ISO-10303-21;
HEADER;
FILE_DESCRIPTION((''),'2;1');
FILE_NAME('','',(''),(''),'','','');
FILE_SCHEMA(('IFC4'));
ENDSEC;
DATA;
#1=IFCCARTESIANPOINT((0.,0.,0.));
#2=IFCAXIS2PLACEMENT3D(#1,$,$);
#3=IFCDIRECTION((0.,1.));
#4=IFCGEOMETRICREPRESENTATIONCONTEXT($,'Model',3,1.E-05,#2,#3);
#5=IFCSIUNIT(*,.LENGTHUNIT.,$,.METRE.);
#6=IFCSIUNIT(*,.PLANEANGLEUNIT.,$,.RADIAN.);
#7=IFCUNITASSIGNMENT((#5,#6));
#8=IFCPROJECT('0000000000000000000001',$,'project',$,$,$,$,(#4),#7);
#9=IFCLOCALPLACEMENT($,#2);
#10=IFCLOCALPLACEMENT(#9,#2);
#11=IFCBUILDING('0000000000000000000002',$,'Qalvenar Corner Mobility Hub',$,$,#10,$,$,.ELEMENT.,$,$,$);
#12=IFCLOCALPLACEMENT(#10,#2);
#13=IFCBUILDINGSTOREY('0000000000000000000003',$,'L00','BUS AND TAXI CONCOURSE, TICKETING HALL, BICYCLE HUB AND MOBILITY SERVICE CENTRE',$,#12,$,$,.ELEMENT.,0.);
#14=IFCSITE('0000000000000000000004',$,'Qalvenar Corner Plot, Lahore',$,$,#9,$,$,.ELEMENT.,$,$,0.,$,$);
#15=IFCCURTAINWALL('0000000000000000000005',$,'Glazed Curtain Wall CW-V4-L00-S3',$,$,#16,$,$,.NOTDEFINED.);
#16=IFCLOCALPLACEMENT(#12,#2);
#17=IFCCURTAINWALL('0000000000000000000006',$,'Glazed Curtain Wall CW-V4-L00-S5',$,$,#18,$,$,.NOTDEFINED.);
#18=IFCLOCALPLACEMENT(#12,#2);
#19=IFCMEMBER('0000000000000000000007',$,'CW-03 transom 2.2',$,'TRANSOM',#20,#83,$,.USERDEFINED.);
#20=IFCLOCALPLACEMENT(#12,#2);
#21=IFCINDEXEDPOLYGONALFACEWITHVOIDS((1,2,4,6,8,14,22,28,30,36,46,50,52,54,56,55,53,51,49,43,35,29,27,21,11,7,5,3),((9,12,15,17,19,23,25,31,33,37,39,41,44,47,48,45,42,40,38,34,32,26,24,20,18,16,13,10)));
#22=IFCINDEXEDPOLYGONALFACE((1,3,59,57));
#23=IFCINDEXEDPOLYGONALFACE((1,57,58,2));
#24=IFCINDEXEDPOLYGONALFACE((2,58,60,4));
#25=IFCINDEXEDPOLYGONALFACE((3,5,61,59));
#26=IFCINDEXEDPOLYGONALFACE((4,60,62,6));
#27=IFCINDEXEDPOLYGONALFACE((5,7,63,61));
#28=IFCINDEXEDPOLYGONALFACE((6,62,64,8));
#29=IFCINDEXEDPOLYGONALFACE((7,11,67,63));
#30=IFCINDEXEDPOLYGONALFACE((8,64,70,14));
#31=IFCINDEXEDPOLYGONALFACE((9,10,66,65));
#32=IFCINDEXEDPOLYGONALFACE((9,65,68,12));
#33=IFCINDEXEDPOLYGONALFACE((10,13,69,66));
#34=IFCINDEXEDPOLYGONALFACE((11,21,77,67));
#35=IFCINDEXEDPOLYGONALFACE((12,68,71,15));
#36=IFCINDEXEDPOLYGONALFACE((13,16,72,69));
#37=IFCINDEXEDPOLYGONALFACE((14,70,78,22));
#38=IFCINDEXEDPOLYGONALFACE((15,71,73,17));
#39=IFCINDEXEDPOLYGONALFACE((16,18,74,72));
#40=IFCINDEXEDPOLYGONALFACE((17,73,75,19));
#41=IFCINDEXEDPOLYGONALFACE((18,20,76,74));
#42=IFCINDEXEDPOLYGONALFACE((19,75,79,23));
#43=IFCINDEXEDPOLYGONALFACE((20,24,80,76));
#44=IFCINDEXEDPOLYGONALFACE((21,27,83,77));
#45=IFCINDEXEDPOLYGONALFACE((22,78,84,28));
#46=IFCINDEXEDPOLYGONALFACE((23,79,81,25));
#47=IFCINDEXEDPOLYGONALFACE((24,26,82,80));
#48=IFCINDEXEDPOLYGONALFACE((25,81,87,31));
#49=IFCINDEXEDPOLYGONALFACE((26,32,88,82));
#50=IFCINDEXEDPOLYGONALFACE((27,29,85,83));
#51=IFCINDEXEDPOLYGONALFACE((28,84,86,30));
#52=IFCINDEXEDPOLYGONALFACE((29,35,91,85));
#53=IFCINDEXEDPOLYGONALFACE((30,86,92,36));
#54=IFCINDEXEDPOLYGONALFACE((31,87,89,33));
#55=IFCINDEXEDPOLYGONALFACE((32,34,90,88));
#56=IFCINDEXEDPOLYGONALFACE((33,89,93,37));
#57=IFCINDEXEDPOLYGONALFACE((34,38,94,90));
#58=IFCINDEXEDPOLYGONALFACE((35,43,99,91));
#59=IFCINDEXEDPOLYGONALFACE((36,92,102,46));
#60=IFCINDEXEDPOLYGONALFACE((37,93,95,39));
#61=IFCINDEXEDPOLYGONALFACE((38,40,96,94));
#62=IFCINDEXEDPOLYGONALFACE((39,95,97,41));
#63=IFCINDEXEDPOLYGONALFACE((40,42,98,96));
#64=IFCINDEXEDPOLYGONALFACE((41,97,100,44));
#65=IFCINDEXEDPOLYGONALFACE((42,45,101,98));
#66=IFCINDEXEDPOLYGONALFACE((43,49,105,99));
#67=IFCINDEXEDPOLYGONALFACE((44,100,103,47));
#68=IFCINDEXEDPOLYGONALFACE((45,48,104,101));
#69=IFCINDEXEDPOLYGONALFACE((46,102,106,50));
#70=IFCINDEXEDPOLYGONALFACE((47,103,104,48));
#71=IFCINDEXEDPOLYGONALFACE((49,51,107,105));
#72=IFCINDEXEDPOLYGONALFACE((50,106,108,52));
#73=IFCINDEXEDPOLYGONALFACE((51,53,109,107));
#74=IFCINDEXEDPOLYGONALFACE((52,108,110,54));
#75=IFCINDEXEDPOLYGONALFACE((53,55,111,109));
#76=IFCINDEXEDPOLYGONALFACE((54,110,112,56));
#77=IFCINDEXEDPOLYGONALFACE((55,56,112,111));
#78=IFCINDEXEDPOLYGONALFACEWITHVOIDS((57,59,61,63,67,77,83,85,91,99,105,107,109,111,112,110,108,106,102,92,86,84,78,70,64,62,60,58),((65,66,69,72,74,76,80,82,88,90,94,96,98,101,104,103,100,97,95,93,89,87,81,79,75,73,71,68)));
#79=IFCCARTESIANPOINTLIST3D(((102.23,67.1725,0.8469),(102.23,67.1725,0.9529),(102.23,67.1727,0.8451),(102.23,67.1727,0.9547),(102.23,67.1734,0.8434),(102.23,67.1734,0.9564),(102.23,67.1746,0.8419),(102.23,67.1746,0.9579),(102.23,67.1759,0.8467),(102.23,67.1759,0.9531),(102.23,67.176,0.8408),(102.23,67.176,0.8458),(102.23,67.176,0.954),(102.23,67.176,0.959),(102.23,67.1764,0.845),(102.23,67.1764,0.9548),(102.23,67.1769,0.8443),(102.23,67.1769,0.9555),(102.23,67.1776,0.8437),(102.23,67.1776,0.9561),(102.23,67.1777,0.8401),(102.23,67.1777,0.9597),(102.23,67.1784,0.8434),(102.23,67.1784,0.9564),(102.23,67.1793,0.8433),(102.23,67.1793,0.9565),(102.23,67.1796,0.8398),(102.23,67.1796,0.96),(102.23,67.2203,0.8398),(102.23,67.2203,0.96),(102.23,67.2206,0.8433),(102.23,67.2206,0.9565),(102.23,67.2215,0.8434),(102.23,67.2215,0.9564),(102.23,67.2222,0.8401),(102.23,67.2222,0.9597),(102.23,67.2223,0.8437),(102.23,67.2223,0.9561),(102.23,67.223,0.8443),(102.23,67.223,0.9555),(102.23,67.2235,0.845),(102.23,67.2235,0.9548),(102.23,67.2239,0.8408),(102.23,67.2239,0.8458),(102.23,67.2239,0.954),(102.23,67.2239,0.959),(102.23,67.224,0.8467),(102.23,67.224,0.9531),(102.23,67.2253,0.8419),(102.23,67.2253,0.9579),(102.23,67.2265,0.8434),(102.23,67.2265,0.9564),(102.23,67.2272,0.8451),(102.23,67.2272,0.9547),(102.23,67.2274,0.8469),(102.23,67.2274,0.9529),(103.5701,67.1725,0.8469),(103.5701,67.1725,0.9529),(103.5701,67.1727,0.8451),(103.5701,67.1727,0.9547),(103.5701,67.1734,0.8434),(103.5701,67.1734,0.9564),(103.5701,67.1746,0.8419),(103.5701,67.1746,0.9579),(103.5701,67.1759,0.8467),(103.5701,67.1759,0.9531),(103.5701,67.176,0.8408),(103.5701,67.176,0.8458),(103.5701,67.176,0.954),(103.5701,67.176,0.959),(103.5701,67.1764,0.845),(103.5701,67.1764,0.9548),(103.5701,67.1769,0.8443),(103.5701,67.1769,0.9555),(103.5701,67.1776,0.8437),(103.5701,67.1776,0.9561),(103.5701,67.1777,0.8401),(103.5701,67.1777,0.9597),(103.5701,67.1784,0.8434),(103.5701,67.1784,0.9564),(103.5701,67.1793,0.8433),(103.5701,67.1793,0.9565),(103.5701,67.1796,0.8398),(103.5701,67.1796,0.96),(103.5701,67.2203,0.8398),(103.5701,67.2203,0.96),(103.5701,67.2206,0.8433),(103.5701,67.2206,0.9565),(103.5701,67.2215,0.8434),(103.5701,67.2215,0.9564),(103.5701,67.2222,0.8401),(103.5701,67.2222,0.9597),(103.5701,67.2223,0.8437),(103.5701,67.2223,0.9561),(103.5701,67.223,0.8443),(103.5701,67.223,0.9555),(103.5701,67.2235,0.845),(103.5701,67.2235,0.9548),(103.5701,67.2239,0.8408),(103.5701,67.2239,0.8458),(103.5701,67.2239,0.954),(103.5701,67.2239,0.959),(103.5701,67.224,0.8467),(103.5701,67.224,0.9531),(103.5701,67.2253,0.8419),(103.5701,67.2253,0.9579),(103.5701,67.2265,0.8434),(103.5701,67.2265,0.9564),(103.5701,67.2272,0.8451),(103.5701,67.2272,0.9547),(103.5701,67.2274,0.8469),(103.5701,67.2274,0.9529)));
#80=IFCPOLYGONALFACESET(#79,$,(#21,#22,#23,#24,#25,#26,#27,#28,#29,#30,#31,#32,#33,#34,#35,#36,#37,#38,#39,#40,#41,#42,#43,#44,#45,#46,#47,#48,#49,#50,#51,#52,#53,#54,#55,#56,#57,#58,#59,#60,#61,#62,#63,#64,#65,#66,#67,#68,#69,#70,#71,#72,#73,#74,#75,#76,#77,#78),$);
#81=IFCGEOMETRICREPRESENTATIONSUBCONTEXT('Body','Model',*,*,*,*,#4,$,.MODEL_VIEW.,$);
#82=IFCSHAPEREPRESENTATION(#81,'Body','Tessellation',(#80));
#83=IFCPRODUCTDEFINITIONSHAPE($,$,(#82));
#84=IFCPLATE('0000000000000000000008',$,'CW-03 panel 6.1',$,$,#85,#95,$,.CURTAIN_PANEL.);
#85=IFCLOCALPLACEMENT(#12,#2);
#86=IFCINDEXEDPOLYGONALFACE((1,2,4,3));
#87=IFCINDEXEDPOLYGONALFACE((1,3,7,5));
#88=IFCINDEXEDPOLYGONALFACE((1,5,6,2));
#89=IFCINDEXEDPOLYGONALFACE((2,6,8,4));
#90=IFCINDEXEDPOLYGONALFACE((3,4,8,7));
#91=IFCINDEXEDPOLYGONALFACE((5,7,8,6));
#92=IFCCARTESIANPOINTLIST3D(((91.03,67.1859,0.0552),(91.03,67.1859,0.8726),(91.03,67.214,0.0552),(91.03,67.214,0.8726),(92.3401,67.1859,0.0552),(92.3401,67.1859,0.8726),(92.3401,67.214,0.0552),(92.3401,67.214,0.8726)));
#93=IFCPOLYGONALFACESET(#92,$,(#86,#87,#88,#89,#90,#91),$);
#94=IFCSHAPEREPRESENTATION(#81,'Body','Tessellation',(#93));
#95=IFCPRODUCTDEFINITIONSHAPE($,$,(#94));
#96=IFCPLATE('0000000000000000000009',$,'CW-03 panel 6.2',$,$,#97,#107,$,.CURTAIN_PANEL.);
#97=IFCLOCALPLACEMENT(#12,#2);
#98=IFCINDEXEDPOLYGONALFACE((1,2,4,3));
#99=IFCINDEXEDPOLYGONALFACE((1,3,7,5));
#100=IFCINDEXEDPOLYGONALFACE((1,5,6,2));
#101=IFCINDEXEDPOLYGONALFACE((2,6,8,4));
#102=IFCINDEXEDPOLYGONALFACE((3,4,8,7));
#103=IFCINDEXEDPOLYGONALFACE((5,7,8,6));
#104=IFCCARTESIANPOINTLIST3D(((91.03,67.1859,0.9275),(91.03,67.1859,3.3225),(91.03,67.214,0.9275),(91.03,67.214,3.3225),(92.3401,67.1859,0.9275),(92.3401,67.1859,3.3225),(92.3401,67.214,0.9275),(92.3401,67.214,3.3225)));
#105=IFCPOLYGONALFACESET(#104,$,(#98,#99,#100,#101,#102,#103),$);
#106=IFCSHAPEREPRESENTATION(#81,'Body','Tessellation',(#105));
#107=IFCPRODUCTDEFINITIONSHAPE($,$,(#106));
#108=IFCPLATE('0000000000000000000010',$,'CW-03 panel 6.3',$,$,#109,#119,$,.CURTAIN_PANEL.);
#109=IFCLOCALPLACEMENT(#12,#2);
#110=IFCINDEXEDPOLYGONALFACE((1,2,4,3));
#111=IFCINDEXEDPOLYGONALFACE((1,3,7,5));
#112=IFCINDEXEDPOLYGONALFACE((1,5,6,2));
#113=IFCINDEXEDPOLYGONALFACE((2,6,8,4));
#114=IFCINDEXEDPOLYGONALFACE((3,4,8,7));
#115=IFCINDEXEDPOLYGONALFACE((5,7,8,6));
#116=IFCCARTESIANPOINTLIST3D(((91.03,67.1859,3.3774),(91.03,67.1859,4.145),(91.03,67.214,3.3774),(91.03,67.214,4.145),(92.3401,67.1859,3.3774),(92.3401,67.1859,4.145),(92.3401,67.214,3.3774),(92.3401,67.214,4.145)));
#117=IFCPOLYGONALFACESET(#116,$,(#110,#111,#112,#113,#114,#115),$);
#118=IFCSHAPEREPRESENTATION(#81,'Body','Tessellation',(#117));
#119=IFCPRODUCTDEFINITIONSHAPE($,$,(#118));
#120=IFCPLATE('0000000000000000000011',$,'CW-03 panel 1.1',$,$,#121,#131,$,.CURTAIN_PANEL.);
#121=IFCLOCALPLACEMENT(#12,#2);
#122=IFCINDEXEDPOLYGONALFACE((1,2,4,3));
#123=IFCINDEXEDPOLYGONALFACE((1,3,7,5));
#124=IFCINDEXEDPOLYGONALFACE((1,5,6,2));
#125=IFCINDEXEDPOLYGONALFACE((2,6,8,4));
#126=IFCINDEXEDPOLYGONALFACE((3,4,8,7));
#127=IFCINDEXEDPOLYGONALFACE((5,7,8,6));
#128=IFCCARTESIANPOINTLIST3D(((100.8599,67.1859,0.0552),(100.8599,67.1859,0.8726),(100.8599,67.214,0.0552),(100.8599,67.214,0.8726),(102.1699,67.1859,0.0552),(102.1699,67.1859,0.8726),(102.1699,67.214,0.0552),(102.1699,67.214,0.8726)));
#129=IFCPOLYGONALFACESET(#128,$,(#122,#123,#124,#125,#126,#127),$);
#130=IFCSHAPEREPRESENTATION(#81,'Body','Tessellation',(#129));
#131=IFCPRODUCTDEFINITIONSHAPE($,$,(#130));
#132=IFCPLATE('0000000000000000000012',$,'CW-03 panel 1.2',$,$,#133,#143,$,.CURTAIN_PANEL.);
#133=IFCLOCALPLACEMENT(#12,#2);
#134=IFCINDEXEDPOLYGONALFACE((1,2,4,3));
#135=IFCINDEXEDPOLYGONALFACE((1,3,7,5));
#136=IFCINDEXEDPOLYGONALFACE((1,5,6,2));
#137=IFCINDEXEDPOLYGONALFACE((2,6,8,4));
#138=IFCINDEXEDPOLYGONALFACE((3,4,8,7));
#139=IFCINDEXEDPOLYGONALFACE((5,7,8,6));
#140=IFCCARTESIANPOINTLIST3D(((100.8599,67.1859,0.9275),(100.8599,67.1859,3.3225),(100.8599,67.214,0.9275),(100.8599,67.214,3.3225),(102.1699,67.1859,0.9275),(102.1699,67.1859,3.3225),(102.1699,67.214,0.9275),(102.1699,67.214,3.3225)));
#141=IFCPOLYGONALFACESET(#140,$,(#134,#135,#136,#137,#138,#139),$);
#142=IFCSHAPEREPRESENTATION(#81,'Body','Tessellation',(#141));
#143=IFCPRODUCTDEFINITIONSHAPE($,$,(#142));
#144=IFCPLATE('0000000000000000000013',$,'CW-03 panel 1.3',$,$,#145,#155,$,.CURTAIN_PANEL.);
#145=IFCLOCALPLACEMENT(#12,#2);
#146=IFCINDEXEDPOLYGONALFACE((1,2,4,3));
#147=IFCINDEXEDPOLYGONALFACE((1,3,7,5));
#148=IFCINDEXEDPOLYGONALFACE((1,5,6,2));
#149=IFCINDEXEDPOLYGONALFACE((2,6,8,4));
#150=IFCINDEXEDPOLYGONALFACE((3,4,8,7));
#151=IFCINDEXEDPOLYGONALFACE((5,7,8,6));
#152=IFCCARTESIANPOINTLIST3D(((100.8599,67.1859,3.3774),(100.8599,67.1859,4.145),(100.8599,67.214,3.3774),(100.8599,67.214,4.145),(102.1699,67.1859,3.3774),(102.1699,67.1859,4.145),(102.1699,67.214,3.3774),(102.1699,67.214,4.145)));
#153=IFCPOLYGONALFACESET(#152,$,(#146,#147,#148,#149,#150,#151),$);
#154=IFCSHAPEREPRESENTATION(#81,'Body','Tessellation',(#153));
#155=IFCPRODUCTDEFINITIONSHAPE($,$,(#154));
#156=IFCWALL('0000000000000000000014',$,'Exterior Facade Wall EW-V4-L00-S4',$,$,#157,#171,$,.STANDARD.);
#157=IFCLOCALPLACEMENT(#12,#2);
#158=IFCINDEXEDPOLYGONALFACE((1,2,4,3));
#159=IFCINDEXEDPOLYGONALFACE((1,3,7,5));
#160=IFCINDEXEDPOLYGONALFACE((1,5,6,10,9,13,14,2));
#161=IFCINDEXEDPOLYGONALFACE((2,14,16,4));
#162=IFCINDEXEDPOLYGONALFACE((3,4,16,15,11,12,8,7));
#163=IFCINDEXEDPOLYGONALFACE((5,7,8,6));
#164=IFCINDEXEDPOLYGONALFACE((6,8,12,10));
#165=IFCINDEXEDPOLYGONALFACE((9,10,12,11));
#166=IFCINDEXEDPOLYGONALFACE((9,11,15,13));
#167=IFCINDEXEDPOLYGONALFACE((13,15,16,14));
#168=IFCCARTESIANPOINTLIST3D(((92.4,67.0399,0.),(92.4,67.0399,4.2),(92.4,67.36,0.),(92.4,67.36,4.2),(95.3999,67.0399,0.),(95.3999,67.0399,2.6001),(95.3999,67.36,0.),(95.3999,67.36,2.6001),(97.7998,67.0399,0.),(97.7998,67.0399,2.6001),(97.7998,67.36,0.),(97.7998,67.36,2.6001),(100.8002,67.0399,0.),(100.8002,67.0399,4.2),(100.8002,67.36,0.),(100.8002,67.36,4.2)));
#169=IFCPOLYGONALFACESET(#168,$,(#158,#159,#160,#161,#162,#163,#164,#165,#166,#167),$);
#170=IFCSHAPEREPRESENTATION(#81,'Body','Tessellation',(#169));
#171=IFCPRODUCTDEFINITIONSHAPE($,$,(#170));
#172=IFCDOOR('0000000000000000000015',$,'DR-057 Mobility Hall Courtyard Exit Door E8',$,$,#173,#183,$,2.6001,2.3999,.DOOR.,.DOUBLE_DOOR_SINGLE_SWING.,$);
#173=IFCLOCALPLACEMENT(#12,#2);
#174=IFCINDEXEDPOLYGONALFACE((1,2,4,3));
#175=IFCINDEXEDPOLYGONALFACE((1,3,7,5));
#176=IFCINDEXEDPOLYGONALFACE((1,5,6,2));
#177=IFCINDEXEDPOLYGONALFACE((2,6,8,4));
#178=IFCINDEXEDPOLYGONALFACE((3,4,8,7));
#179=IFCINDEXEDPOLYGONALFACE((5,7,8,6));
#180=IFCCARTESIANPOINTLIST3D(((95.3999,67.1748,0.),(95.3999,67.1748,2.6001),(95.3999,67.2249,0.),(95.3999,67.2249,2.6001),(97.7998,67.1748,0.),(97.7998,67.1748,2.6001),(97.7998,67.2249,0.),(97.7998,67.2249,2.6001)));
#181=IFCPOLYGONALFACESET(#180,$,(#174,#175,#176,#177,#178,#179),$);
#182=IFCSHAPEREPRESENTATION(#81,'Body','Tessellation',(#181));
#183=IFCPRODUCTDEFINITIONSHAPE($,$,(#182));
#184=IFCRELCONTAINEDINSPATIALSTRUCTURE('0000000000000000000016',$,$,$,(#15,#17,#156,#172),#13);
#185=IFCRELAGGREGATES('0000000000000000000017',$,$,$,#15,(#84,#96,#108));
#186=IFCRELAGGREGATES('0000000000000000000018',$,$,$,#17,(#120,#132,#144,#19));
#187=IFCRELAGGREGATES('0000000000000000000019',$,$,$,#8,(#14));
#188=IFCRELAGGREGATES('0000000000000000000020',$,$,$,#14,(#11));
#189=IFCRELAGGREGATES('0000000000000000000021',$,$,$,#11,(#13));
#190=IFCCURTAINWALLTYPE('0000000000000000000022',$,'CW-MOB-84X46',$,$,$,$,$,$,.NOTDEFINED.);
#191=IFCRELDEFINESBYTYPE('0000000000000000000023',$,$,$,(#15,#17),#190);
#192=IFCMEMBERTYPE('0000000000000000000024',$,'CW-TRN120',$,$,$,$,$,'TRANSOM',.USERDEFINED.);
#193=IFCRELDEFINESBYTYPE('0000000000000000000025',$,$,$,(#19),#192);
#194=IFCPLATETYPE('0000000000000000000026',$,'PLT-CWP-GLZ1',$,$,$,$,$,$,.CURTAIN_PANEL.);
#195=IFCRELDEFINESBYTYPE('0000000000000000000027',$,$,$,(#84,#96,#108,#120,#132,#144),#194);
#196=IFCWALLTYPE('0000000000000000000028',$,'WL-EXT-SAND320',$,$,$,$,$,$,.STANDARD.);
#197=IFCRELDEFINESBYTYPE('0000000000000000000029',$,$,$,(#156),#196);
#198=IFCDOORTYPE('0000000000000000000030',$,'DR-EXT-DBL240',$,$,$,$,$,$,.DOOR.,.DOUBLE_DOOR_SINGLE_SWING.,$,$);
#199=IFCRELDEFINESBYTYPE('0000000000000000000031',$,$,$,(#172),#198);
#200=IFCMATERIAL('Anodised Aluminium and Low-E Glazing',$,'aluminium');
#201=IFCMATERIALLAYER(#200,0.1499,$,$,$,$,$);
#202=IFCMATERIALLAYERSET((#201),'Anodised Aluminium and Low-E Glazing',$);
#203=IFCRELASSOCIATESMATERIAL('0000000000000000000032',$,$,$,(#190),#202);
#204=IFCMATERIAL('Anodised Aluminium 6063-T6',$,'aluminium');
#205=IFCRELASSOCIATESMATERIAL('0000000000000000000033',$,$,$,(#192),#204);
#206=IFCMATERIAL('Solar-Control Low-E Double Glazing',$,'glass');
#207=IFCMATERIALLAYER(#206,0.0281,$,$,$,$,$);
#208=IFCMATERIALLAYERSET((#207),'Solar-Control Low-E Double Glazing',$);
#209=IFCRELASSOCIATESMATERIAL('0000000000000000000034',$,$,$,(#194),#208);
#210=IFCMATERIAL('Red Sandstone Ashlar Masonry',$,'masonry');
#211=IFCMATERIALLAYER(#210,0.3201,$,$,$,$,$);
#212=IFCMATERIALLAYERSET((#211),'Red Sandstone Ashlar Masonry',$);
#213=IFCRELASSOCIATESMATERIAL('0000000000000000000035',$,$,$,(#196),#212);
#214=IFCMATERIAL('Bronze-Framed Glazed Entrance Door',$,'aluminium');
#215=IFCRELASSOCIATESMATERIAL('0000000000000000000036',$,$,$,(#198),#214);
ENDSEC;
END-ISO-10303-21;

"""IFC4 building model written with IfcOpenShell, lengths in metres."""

from ifc_helpers import new_model, si_unit, direction, frame, frame_2d, origin, origin_2d, place, context, subcontext, project, spatial, rectangle, hollow_rectangle, extrude, material, layer, layer_set, material_profile, profile_set, type_object, element, fill, aggregate, save


model = new_model("IFC4")

# Units and contexts
model_context = context("Model", 3, precision=1e-05, world=origin(), true_north=direction((0.0, 1.0)))
body_context = subcontext(model_context, "Body", "Model", "MODEL_VIEW")
ifc_project = project(units=[si_unit("LENGTHUNIT", "METRE"), si_unit("PLANEANGLEUNIT", "RADIAN")], contexts=[model_context])

# Site, building, storey
site_placement = place(None, origin())
site = spatial("IfcSite", under=ifc_project, at=site_placement, Name="Qalvenar Corner Plot, Lahore", CompositionType="ELEMENT", RefElevation=0.0)
building_placement = place(site_placement, origin())
building = spatial("IfcBuilding", under=site, at=building_placement, Name="Qalvenar Corner Mobility Hub", CompositionType="ELEMENT")
storey_placement = place(building_placement, origin())
storey = spatial("IfcBuildingStorey", under=building, at=storey_placement, Name="L00", Description="BUS AND TAXI CONCOURSE, TICKETING HALL, BICYCLE HUB AND MOBILITY SERVICE CENTRE", CompositionType="ELEMENT", Elevation=0.0)

# Curtain walls
ifc_material_1 = material(Name="Anodised Aluminium and Low-E Glazing", Category="aluminium")
ifc_layer_1 = layer(ifc_material_1, 0.1499)
ifc_layer_set_1 = layer_set([ifc_layer_1], Name="Anodised Aluminium and Low-E Glazing")
curtain_wall_type = type_object("IfcCurtainWallType", Name="CW-MOB-84X46", PredefinedType="NOTDEFINED", material=ifc_layer_set_1)
curtain_wall_1_placement = place(storey_placement, origin())
curtain_wall_1 = element("IfcCurtainWall", 1, at=curtain_wall_1_placement, inside=storey, type_object=curtain_wall_type, Name="Glazed Curtain Wall CW-V4-L00-S3", PredefinedType="NOTDEFINED")
ifc_material_2 = material(Name="Anodised Aluminium 6063-T6", Category="aluminium")
curtain_wall_2_placement = place(storey_placement, origin())
curtain_wall_2 = element("IfcCurtainWall", 2, at=curtain_wall_2_placement, inside=storey, type_object=curtain_wall_type, Name="Glazed Curtain Wall CW-V4-L00-S5", PredefinedType="NOTDEFINED")

# Member
ifc_material_profile_1 = material_profile(ifc_material_2, hollow_rectangle(XDim=0.0549, YDim=0.1201, WallThickness=0.0034, InnerFilletRadius=0.0034, OuterFilletRadius=0.0071, at=origin_2d()), Name="RHS120x55x3.5")
ifc_profile_set_1 = profile_set([ifc_material_profile_1], Name="Anodised Aluminium 6063-T6")
member_type_1 = type_object("IfcMemberType", Name="CW-TRN120", ElementType="TRANSOM", PredefinedType="USERDEFINED", material=ifc_profile_set_1)
member_1_placement = place(storey_placement, frame((102.23, 67.2, 0.8999), z_axis=(1.0, 0.0, 0.0), x_axis=(0.0, 1.0, 0.0)))
member_1 = element("IfcMember", 3, at=member_1_placement, type_object=member_type_1, Name="CW-03 transom 2.2", ObjectType="TRANSOM", PredefinedType="USERDEFINED", context=body_context, shape_type="SweptSolid", body=[
    extrude(hollow_rectangle(XDim=0.0549, YDim=0.1201, WallThickness=0.0034, InnerFilletRadius=0.0034, OuterFilletRadius=0.0071, at=origin_2d()), origin(), (0.0, 0.0, 1.0), 1.3401),
])

# Plates
ifc_material_3 = material(Name="Solar-Control Low-E Double Glazing", Category="glass")
ifc_layer_2 = layer(ifc_material_3, 0.0281)
ifc_layer_set_2 = layer_set([ifc_layer_2], Name="Solar-Control Low-E Double Glazing")
plate_type = type_object("IfcPlateType", Name="PLT-CWP-GLZ1", PredefinedType="CURTAIN_PANEL", material=ifc_layer_set_2)
plate_1_placement = place(storey_placement, frame((91.6851, 67.2, 0.0552), z_axis=(0.0, 0.0, 1.0), x_axis=(1.0, 0.0, 0.0)))
plate_1 = element("IfcPlate", 4, at=plate_1_placement, type_object=plate_type, Name="CW-03 panel 6.1", PredefinedType="CURTAIN_PANEL", context=body_context, shape_type="SweptSolid", body=[
    extrude(rectangle(XDim=1.3101, YDim=0.0281, at=origin_2d()), origin(), (0.0, 0.0, 1.0), 0.8174),
])
plate_2_placement = place(storey_placement, frame((91.6851, 67.2, 0.9275), z_axis=(0.0, 0.0, 1.0), x_axis=(1.0, 0.0, 0.0)))
plate_2 = element("IfcPlate", 5, at=plate_2_placement, type_object=plate_type, Name="CW-03 panel 6.2", PredefinedType="CURTAIN_PANEL", context=body_context, shape_type="SweptSolid", body=[
    extrude(rectangle(XDim=1.3101, YDim=0.0281, at=origin_2d()), origin(), (0.0, 0.0, 1.0), 2.395),
])
plate_3_placement = place(storey_placement, frame((91.6851, 67.2, 3.3774), z_axis=(0.0, 0.0, 1.0), x_axis=(1.0, 0.0, 0.0)))
plate_3 = element("IfcPlate", 6, at=plate_3_placement, type_object=plate_type, Name="CW-03 panel 6.3", PredefinedType="CURTAIN_PANEL", context=body_context, shape_type="SweptSolid", body=[
    extrude(rectangle(XDim=1.3101, YDim=0.0281, at=origin_2d()), origin(), (0.0, 0.0, 1.0), 0.7676),
])
aggregate(curtain_wall_1, [plate_1, plate_2, plate_3])
plate_4_placement = place(storey_placement, frame((101.5149, 67.2, 0.0552), z_axis=(0.0, 0.0, 1.0), x_axis=(1.0, 0.0, 0.0)))
plate_4 = element("IfcPlate", 7, at=plate_4_placement, type_object=plate_type, Name="CW-03 panel 1.1", PredefinedType="CURTAIN_PANEL", context=body_context, shape_type="SweptSolid", body=[
    extrude(rectangle(XDim=1.3101, YDim=0.0281, at=origin_2d()), origin(), (0.0, 0.0, 1.0), 0.8174),
])
plate_5_placement = place(storey_placement, frame((101.5149, 67.2, 0.9275), z_axis=(0.0, 0.0, 1.0), x_axis=(1.0, 0.0, 0.0)))
plate_5 = element("IfcPlate", 8, at=plate_5_placement, type_object=plate_type, Name="CW-03 panel 1.2", PredefinedType="CURTAIN_PANEL", context=body_context, shape_type="SweptSolid", body=[
    extrude(rectangle(XDim=1.3101, YDim=0.0281, at=origin_2d()), origin(), (0.0, 0.0, 1.0), 2.395),
])
plate_6_placement = place(storey_placement, frame((101.5149, 67.2, 3.3774), z_axis=(0.0, 0.0, 1.0), x_axis=(1.0, 0.0, 0.0)))
plate_6 = element("IfcPlate", 9, at=plate_6_placement, type_object=plate_type, Name="CW-03 panel 1.3", PredefinedType="CURTAIN_PANEL", context=body_context, shape_type="SweptSolid", body=[
    extrude(rectangle(XDim=1.3101, YDim=0.0281, at=origin_2d()), origin(), (0.0, 0.0, 1.0), 0.7676),
])
aggregate(curtain_wall_2, [plate_4, plate_5, plate_6, member_1])

# Wall, opening, door
ifc_material_4 = material(Name="Red Sandstone Ashlar Masonry", Category="masonry")
ifc_layer_3 = layer(ifc_material_4, 0.3201)
ifc_layer_set_3 = layer_set([ifc_layer_3], Name="Red Sandstone Ashlar Masonry")
wall_type = type_object("IfcWallType", Name="WL-EXT-SAND320", PredefinedType="STANDARD", material=ifc_layer_set_3)
wall_placement = place(storey_placement, frame((92.3999, 67.2, 0.0), z_axis=(0.0, 0.0, 1.0), x_axis=(1.0, 0.0, 0.0)))
wall = element("IfcWall", 10, at=wall_placement, inside=storey, type_object=wall_type, Name="Exterior Facade Wall EW-V4-L00-S4", PredefinedType="STANDARD", context=body_context, shape_type="SweptSolid", body=[
    extrude(rectangle(XDim=8.4001, YDim=0.3201, at=frame_2d((4.2002, 0.0))), origin(), (0.0, 0.0, 1.0), 4.2),
])
opening_placement = place(wall_placement, frame((3.0, 0.0, 0.0)))
opening = element("IfcOpeningElement", 11, at=opening_placement, cuts=wall, PredefinedType="OPENING", context=body_context, shape_type="SweptSolid", body=[
    extrude(rectangle(XDim=2.3999, YDim=2.6001, at=frame_2d((1.2, 1.3))), frame((0.0, 0.1699, 0.0), z_axis=(0.0, -1.0, 0.0), x_axis=(1.0, 0.0, 0.0)), (0.0, 0.0, 1.0), 0.3401),
])
ifc_material_5 = material(Name="Bronze-Framed Glazed Entrance Door", Category="aluminium")
door_type = type_object("IfcDoorType", Name="DR-EXT-DBL240", OperationType="DOUBLE_DOOR_SINGLE_SWING", PredefinedType="DOOR", material=ifc_material_5)
door_placement = place(opening_placement, origin())
door = element("IfcDoor", 12, at=door_placement, inside=storey, type_object=door_type, Name="DR-057 Mobility Hall Courtyard Exit Door E8", OperationType="DOUBLE_DOOR_SINGLE_SWING", OverallHeight=2.6001, OverallWidth=2.3999, PredefinedType="DOOR", context=body_context, shape_type="SweptSolid", body=[
    extrude(rectangle(XDim=2.3999, YDim=2.6001, at=frame_2d((1.2, 1.3))), frame((0.0, 0.0249, 0.0), z_axis=(0.0, -1.0, 0.0), x_axis=(1.0, 0.0, 0.0)), (0.0, 0.0, 1.0), 0.05),
])
fill(opening, door)

save(model, "model.ifc")
